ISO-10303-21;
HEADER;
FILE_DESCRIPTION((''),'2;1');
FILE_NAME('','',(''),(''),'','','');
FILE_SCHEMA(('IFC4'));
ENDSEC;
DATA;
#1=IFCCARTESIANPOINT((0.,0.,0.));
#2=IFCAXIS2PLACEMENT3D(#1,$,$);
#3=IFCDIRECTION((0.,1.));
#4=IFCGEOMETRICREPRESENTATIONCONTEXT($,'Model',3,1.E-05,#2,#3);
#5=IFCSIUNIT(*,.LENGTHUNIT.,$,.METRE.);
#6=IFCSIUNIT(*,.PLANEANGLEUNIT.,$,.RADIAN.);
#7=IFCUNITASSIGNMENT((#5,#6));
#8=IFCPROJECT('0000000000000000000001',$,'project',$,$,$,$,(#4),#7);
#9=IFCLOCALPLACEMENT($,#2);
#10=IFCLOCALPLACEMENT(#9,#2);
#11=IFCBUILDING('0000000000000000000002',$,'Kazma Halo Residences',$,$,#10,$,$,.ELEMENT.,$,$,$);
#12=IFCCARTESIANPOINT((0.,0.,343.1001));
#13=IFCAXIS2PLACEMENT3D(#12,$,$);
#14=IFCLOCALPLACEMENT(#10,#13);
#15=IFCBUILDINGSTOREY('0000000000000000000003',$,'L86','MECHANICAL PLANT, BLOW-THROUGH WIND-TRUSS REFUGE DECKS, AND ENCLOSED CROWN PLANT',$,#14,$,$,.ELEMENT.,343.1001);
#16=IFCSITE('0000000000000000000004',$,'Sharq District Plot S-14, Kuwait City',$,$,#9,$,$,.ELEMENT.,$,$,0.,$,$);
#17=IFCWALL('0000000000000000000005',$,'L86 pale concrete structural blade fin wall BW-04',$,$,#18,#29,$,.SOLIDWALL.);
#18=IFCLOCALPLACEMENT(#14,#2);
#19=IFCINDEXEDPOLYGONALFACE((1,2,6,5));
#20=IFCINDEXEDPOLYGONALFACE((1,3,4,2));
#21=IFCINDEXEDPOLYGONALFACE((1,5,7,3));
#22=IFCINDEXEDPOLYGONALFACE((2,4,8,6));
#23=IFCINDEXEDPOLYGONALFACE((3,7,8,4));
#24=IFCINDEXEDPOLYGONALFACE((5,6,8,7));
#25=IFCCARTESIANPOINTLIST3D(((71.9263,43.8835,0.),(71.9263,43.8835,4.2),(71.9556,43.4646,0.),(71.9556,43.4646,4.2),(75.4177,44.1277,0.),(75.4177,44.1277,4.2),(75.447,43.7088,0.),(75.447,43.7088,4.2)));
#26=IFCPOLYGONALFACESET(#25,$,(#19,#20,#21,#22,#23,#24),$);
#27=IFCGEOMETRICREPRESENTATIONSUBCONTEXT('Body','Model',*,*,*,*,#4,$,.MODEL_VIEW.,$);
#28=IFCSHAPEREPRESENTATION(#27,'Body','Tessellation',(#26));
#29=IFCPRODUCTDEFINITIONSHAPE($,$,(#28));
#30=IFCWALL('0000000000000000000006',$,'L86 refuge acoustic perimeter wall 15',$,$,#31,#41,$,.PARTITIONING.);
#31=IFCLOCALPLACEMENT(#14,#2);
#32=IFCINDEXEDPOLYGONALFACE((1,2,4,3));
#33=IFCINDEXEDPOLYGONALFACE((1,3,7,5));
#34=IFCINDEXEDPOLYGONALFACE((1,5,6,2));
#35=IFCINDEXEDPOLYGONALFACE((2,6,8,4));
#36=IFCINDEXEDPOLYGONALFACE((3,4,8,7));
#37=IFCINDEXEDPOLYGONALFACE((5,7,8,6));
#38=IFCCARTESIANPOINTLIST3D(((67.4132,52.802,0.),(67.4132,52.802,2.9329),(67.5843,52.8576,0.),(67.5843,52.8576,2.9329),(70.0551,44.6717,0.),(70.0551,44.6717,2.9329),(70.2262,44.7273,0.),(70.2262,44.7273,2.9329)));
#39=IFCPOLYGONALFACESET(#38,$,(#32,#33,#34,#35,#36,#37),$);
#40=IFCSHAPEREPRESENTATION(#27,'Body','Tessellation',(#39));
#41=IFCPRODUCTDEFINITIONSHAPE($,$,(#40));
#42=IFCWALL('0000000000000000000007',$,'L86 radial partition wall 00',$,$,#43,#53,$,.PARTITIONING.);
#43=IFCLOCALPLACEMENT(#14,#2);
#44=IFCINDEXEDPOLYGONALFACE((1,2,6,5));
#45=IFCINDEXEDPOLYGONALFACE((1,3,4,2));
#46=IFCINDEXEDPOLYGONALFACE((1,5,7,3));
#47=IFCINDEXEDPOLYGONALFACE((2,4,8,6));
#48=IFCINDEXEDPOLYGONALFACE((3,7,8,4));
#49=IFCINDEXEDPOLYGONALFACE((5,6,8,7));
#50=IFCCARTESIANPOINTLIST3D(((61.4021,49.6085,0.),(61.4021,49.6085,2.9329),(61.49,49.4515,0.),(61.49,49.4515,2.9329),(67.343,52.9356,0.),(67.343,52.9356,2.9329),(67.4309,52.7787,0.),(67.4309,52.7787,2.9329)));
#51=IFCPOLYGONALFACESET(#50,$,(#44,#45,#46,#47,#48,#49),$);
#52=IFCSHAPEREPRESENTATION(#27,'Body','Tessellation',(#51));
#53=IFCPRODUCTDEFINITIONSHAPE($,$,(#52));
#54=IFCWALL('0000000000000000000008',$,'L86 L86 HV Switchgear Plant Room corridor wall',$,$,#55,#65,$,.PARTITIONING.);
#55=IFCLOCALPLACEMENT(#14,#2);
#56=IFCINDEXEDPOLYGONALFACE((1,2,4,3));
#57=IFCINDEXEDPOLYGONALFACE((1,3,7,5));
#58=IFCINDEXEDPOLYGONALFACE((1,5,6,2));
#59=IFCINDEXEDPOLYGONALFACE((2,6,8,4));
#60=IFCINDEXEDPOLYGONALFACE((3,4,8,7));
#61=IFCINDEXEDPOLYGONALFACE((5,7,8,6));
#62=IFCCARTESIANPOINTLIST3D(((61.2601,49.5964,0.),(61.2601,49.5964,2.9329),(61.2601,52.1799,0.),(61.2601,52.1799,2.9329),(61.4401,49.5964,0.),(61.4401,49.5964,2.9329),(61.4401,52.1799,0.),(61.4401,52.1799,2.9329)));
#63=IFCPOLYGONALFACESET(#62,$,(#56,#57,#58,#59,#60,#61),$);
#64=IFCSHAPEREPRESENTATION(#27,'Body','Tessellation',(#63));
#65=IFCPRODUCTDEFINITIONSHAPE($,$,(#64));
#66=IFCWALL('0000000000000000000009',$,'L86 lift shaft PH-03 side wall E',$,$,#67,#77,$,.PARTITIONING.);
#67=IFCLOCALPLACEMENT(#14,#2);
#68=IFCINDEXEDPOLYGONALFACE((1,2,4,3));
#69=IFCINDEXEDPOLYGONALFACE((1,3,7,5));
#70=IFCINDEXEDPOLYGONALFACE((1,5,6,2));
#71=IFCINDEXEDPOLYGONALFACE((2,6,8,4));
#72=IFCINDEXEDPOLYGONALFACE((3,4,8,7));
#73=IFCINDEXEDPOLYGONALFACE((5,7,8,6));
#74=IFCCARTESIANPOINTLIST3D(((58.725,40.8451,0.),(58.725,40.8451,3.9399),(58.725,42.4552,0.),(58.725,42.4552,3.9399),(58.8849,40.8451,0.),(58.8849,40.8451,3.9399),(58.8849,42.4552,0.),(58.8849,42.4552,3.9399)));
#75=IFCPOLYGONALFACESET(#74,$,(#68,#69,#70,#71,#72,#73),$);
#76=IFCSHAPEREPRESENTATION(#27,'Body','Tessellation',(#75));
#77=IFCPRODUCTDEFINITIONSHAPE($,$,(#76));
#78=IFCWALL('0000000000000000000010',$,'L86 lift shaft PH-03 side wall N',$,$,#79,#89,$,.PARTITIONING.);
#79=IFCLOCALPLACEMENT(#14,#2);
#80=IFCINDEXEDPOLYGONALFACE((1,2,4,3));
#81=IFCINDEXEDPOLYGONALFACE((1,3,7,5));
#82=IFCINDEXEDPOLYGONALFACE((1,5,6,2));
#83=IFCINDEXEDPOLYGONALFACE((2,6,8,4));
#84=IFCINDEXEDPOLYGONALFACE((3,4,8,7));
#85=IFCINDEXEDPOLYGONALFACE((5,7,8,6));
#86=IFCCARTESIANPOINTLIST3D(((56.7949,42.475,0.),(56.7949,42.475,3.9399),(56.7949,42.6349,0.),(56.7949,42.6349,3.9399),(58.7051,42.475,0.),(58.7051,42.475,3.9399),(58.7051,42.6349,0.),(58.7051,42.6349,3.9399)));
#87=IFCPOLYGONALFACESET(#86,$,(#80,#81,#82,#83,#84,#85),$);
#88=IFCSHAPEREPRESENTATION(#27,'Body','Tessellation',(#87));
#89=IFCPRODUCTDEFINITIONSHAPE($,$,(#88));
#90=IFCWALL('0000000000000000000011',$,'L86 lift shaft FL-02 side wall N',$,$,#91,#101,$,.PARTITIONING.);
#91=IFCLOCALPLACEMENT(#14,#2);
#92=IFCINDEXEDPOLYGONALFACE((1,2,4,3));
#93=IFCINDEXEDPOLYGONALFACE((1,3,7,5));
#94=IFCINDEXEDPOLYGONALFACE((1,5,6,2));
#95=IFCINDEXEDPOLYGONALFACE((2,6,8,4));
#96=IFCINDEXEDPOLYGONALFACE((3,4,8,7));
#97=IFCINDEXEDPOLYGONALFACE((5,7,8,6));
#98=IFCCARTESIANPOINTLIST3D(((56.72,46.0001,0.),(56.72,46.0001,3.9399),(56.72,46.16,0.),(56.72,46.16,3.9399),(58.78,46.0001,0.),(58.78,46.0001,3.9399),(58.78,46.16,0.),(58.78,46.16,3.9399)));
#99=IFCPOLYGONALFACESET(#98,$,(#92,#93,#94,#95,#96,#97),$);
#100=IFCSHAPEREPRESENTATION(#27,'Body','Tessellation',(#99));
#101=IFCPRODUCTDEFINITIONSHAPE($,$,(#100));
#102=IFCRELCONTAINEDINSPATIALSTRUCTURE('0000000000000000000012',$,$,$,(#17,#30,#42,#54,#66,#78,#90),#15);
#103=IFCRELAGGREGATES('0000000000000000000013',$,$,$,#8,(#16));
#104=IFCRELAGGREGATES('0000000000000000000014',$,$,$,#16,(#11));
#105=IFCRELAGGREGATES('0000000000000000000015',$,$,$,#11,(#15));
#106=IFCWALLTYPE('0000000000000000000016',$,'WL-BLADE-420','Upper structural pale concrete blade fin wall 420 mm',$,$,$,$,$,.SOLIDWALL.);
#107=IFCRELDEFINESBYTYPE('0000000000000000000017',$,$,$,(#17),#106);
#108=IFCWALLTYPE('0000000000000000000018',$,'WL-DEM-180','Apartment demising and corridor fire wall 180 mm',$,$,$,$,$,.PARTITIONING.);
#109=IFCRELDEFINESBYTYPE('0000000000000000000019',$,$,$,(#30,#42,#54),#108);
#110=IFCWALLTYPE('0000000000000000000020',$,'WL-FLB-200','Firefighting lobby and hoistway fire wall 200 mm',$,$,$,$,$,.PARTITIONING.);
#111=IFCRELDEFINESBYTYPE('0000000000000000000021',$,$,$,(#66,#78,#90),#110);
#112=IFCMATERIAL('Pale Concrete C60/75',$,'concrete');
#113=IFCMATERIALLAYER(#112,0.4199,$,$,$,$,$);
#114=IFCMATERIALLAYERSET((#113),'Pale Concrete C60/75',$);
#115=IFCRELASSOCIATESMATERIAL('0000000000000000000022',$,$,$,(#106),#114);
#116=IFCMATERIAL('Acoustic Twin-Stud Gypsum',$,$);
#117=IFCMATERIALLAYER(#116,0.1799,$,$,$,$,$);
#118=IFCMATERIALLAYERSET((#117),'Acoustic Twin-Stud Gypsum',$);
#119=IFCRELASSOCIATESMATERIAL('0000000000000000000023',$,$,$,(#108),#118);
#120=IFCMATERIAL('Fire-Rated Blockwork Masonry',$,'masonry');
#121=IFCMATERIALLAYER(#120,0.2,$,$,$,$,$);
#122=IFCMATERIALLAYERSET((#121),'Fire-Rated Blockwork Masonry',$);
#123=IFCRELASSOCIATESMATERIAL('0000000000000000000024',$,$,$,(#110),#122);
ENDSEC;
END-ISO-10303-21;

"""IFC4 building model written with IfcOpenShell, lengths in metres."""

from ifc_helpers import new_model, si_unit, direction, frame, frame_2d, origin, place, context, subcontext, project, spatial, rectangle, extrude, material, layer, layer_set, type_object, element, save


model = new_model("IFC4")

# Units and contexts
model_context = context("Model", 3, precision=1e-05, world=origin(), true_north=direction((0.0, 1.0)))
body_context = subcontext(model_context, "Body", "Model", "MODEL_VIEW")
ifc_project = project(units=[si_unit("LENGTHUNIT", "METRE"), si_unit("PLANEANGLEUNIT", "RADIAN")], contexts=[model_context])

# Site, building, storey
site_placement = place(None, origin())
site = spatial("IfcSite", under=ifc_project, at=site_placement, Name="Sharq District Plot S-14, Kuwait City", CompositionType="ELEMENT", RefElevation=0.0)
building_placement = place(site_placement, origin())
building = spatial("IfcBuilding", under=site, at=building_placement, Name="Kazma Halo Residences", CompositionType="ELEMENT")
storey_placement = place(building_placement, frame((0.0, 0.0, 343.1001)))
storey = spatial("IfcBuildingStorey", under=building, at=storey_placement, Name="L86", Description="MECHANICAL PLANT, BLOW-THROUGH WIND-TRUSS REFUGE DECKS, AND ENCLOSED CROWN PLANT", CompositionType="ELEMENT", Elevation=343.1001)

# Walls
ifc_material_1 = material(Name="Pale Concrete C60/75", Category="concrete")
ifc_layer_1 = layer(ifc_material_1, 0.4199)
ifc_layer_set_1 = layer_set([ifc_layer_1], Name="Pale Concrete C60/75")
wall_type_1 = type_object("IfcWallType", Name="WL-BLADE-420", Description="Upper structural pale concrete blade fin wall 420 mm", PredefinedType="SOLIDWALL", material=ifc_layer_set_1)
wall_1_placement = place(storey_placement, frame((71.9409, 43.6741, 0.0), z_axis=(0.0, 0.0, 1.0), x_axis=(0.997564, 0.069755, 0.0)))
element("IfcWall", 1, at=wall_1_placement, inside=storey, type_object=wall_type_1, Name="L86 pale concrete structural blade fin wall BW-04", PredefinedType="SOLIDWALL", context=body_context, shape_type="SweptSolid", body=[
    extrude(rectangle(XDim=3.5, YDim=0.4199, at=frame_2d((1.75, 0.0))), origin(), (0.0, 0.0, 1.0), 4.2),
])
ifc_material_2 = material(Name="Acoustic Twin-Stud Gypsum")
ifc_layer_2 = layer(ifc_material_2, 0.1799)
ifc_layer_set_2 = layer_set([ifc_layer_2], Name="Acoustic Twin-Stud Gypsum")
wall_type_2 = type_object("IfcWallType", Name="WL-DEM-180", Description="Apartment demising and corridor fire wall 180 mm", PredefinedType="PARTITIONING", material=ifc_layer_set_2)
wall_2_placement = place(storey_placement, frame((70.1406, 44.6995, 0.0), z_axis=(0.0, 0.0, 1.0), x_axis=(-0.309031, 0.951052, 0.0)))
element("IfcWall", 2, at=wall_2_placement, inside=storey, type_object=wall_type_2, Name="L86 refuge acoustic perimeter wall 15", PredefinedType="PARTITIONING", context=body_context, shape_type="SweptSolid", body=[
    extrude(rectangle(XDim=8.5488, YDim=0.1799, at=frame_2d((4.2744, 0.0))), origin(), (0.0, 0.0, 1.0), 2.9329),
])

# Walls
wall_3_placement = place(storey_placement, frame((61.446, 49.53, 0.0), z_axis=(0.0, 0.0, 1.0), x_axis=(0.872491, 0.48863, 0.0)))
element("IfcWall", 3, at=wall_3_placement, inside=storey, type_object=wall_type_2, Name="L86 radial partition wall 00", PredefinedType="PARTITIONING", context=body_context, shape_type="SweptSolid", body=[
    extrude(rectangle(XDim=6.8091, YDim=0.1799, at=frame_2d((3.4045, 0.0))), origin(), (0.0, 0.0, 1.0), 2.9329),
])
wall_4_placement = place(storey_placement, frame((61.3501, 49.5964, 0.0), z_axis=(0.0, 0.0, 1.0), x_axis=(0.0, 1.0, 0.0)))
element("IfcWall", 4, at=wall_4_placement, inside=storey, type_object=wall_type_2, Name="L86 L86 HV Switchgear Plant Room corridor wall", PredefinedType="PARTITIONING", context=body_context, shape_type="SweptSolid", body=[
    extrude(rectangle(XDim=2.5835, YDim=0.1799, at=frame_2d((1.2917, 0.0))), origin(), (0.0, 0.0, 1.0), 2.9329),
])
ifc_material_3 = material(Name="Fire-Rated Blockwork Masonry", Category="masonry")
ifc_layer_3 = layer(ifc_material_3, 0.2)
ifc_layer_set_3 = layer_set([ifc_layer_3], Name="Fire-Rated Blockwork Masonry")
wall_type_3 = type_object("IfcWallType", Name="WL-FLB-200", Description="Firefighting lobby and hoistway fire wall 200 mm", PredefinedType="PARTITIONING", material=ifc_layer_set_3)
wall_5_placement = place(storey_placement, frame((58.8049, 40.845, 0.0), z_axis=(0.0, 0.0, 1.0), x_axis=(0.0, 1.0, 0.0)))
element("IfcWall", 5, at=wall_5_placement, inside=storey, type_object=wall_type_3, Name="L86 lift shaft PH-03 side wall E", PredefinedType="PARTITIONING", context=body_context, shape_type="SweptSolid", body=[
    extrude(rectangle(XDim=1.6101, YDim=0.1599, at=frame_2d((0.8052, 0.0))), origin(), (0.0, 0.0, 1.0), 3.9399),
])
wall_6_placement = place(storey_placement, frame((56.7949, 42.5549, 0.0), z_axis=(0.0, 0.0, 1.0), x_axis=(1.0, 0.0, 0.0)))
element("IfcWall", 6, at=wall_6_placement, inside=storey, type_object=wall_type_3, Name="L86 lift shaft PH-03 side wall N", PredefinedType="PARTITIONING", context=body_context, shape_type="SweptSolid", body=[
    extrude(rectangle(XDim=1.9102, YDim=0.1599, at=frame_2d((0.9551, 0.0))), origin(), (0.0, 0.0, 1.0), 3.9399),
])
wall_7_placement = place(storey_placement, frame((56.72, 46.0801, 0.0), z_axis=(0.0, 0.0, 1.0), x_axis=(1.0, 0.0, 0.0)))
element("IfcWall", 7, at=wall_7_placement, inside=storey, type_object=wall_type_3, Name="L86 lift shaft FL-02 side wall N", PredefinedType="PARTITIONING", context=body_context, shape_type="SweptSolid", body=[
    extrude(rectangle(XDim=2.0601, YDim=0.1599, at=frame_2d((1.03, 0.0))), origin(), (0.0, 0.0, 1.0), 3.9399),
])

save(model, "model.ifc")
